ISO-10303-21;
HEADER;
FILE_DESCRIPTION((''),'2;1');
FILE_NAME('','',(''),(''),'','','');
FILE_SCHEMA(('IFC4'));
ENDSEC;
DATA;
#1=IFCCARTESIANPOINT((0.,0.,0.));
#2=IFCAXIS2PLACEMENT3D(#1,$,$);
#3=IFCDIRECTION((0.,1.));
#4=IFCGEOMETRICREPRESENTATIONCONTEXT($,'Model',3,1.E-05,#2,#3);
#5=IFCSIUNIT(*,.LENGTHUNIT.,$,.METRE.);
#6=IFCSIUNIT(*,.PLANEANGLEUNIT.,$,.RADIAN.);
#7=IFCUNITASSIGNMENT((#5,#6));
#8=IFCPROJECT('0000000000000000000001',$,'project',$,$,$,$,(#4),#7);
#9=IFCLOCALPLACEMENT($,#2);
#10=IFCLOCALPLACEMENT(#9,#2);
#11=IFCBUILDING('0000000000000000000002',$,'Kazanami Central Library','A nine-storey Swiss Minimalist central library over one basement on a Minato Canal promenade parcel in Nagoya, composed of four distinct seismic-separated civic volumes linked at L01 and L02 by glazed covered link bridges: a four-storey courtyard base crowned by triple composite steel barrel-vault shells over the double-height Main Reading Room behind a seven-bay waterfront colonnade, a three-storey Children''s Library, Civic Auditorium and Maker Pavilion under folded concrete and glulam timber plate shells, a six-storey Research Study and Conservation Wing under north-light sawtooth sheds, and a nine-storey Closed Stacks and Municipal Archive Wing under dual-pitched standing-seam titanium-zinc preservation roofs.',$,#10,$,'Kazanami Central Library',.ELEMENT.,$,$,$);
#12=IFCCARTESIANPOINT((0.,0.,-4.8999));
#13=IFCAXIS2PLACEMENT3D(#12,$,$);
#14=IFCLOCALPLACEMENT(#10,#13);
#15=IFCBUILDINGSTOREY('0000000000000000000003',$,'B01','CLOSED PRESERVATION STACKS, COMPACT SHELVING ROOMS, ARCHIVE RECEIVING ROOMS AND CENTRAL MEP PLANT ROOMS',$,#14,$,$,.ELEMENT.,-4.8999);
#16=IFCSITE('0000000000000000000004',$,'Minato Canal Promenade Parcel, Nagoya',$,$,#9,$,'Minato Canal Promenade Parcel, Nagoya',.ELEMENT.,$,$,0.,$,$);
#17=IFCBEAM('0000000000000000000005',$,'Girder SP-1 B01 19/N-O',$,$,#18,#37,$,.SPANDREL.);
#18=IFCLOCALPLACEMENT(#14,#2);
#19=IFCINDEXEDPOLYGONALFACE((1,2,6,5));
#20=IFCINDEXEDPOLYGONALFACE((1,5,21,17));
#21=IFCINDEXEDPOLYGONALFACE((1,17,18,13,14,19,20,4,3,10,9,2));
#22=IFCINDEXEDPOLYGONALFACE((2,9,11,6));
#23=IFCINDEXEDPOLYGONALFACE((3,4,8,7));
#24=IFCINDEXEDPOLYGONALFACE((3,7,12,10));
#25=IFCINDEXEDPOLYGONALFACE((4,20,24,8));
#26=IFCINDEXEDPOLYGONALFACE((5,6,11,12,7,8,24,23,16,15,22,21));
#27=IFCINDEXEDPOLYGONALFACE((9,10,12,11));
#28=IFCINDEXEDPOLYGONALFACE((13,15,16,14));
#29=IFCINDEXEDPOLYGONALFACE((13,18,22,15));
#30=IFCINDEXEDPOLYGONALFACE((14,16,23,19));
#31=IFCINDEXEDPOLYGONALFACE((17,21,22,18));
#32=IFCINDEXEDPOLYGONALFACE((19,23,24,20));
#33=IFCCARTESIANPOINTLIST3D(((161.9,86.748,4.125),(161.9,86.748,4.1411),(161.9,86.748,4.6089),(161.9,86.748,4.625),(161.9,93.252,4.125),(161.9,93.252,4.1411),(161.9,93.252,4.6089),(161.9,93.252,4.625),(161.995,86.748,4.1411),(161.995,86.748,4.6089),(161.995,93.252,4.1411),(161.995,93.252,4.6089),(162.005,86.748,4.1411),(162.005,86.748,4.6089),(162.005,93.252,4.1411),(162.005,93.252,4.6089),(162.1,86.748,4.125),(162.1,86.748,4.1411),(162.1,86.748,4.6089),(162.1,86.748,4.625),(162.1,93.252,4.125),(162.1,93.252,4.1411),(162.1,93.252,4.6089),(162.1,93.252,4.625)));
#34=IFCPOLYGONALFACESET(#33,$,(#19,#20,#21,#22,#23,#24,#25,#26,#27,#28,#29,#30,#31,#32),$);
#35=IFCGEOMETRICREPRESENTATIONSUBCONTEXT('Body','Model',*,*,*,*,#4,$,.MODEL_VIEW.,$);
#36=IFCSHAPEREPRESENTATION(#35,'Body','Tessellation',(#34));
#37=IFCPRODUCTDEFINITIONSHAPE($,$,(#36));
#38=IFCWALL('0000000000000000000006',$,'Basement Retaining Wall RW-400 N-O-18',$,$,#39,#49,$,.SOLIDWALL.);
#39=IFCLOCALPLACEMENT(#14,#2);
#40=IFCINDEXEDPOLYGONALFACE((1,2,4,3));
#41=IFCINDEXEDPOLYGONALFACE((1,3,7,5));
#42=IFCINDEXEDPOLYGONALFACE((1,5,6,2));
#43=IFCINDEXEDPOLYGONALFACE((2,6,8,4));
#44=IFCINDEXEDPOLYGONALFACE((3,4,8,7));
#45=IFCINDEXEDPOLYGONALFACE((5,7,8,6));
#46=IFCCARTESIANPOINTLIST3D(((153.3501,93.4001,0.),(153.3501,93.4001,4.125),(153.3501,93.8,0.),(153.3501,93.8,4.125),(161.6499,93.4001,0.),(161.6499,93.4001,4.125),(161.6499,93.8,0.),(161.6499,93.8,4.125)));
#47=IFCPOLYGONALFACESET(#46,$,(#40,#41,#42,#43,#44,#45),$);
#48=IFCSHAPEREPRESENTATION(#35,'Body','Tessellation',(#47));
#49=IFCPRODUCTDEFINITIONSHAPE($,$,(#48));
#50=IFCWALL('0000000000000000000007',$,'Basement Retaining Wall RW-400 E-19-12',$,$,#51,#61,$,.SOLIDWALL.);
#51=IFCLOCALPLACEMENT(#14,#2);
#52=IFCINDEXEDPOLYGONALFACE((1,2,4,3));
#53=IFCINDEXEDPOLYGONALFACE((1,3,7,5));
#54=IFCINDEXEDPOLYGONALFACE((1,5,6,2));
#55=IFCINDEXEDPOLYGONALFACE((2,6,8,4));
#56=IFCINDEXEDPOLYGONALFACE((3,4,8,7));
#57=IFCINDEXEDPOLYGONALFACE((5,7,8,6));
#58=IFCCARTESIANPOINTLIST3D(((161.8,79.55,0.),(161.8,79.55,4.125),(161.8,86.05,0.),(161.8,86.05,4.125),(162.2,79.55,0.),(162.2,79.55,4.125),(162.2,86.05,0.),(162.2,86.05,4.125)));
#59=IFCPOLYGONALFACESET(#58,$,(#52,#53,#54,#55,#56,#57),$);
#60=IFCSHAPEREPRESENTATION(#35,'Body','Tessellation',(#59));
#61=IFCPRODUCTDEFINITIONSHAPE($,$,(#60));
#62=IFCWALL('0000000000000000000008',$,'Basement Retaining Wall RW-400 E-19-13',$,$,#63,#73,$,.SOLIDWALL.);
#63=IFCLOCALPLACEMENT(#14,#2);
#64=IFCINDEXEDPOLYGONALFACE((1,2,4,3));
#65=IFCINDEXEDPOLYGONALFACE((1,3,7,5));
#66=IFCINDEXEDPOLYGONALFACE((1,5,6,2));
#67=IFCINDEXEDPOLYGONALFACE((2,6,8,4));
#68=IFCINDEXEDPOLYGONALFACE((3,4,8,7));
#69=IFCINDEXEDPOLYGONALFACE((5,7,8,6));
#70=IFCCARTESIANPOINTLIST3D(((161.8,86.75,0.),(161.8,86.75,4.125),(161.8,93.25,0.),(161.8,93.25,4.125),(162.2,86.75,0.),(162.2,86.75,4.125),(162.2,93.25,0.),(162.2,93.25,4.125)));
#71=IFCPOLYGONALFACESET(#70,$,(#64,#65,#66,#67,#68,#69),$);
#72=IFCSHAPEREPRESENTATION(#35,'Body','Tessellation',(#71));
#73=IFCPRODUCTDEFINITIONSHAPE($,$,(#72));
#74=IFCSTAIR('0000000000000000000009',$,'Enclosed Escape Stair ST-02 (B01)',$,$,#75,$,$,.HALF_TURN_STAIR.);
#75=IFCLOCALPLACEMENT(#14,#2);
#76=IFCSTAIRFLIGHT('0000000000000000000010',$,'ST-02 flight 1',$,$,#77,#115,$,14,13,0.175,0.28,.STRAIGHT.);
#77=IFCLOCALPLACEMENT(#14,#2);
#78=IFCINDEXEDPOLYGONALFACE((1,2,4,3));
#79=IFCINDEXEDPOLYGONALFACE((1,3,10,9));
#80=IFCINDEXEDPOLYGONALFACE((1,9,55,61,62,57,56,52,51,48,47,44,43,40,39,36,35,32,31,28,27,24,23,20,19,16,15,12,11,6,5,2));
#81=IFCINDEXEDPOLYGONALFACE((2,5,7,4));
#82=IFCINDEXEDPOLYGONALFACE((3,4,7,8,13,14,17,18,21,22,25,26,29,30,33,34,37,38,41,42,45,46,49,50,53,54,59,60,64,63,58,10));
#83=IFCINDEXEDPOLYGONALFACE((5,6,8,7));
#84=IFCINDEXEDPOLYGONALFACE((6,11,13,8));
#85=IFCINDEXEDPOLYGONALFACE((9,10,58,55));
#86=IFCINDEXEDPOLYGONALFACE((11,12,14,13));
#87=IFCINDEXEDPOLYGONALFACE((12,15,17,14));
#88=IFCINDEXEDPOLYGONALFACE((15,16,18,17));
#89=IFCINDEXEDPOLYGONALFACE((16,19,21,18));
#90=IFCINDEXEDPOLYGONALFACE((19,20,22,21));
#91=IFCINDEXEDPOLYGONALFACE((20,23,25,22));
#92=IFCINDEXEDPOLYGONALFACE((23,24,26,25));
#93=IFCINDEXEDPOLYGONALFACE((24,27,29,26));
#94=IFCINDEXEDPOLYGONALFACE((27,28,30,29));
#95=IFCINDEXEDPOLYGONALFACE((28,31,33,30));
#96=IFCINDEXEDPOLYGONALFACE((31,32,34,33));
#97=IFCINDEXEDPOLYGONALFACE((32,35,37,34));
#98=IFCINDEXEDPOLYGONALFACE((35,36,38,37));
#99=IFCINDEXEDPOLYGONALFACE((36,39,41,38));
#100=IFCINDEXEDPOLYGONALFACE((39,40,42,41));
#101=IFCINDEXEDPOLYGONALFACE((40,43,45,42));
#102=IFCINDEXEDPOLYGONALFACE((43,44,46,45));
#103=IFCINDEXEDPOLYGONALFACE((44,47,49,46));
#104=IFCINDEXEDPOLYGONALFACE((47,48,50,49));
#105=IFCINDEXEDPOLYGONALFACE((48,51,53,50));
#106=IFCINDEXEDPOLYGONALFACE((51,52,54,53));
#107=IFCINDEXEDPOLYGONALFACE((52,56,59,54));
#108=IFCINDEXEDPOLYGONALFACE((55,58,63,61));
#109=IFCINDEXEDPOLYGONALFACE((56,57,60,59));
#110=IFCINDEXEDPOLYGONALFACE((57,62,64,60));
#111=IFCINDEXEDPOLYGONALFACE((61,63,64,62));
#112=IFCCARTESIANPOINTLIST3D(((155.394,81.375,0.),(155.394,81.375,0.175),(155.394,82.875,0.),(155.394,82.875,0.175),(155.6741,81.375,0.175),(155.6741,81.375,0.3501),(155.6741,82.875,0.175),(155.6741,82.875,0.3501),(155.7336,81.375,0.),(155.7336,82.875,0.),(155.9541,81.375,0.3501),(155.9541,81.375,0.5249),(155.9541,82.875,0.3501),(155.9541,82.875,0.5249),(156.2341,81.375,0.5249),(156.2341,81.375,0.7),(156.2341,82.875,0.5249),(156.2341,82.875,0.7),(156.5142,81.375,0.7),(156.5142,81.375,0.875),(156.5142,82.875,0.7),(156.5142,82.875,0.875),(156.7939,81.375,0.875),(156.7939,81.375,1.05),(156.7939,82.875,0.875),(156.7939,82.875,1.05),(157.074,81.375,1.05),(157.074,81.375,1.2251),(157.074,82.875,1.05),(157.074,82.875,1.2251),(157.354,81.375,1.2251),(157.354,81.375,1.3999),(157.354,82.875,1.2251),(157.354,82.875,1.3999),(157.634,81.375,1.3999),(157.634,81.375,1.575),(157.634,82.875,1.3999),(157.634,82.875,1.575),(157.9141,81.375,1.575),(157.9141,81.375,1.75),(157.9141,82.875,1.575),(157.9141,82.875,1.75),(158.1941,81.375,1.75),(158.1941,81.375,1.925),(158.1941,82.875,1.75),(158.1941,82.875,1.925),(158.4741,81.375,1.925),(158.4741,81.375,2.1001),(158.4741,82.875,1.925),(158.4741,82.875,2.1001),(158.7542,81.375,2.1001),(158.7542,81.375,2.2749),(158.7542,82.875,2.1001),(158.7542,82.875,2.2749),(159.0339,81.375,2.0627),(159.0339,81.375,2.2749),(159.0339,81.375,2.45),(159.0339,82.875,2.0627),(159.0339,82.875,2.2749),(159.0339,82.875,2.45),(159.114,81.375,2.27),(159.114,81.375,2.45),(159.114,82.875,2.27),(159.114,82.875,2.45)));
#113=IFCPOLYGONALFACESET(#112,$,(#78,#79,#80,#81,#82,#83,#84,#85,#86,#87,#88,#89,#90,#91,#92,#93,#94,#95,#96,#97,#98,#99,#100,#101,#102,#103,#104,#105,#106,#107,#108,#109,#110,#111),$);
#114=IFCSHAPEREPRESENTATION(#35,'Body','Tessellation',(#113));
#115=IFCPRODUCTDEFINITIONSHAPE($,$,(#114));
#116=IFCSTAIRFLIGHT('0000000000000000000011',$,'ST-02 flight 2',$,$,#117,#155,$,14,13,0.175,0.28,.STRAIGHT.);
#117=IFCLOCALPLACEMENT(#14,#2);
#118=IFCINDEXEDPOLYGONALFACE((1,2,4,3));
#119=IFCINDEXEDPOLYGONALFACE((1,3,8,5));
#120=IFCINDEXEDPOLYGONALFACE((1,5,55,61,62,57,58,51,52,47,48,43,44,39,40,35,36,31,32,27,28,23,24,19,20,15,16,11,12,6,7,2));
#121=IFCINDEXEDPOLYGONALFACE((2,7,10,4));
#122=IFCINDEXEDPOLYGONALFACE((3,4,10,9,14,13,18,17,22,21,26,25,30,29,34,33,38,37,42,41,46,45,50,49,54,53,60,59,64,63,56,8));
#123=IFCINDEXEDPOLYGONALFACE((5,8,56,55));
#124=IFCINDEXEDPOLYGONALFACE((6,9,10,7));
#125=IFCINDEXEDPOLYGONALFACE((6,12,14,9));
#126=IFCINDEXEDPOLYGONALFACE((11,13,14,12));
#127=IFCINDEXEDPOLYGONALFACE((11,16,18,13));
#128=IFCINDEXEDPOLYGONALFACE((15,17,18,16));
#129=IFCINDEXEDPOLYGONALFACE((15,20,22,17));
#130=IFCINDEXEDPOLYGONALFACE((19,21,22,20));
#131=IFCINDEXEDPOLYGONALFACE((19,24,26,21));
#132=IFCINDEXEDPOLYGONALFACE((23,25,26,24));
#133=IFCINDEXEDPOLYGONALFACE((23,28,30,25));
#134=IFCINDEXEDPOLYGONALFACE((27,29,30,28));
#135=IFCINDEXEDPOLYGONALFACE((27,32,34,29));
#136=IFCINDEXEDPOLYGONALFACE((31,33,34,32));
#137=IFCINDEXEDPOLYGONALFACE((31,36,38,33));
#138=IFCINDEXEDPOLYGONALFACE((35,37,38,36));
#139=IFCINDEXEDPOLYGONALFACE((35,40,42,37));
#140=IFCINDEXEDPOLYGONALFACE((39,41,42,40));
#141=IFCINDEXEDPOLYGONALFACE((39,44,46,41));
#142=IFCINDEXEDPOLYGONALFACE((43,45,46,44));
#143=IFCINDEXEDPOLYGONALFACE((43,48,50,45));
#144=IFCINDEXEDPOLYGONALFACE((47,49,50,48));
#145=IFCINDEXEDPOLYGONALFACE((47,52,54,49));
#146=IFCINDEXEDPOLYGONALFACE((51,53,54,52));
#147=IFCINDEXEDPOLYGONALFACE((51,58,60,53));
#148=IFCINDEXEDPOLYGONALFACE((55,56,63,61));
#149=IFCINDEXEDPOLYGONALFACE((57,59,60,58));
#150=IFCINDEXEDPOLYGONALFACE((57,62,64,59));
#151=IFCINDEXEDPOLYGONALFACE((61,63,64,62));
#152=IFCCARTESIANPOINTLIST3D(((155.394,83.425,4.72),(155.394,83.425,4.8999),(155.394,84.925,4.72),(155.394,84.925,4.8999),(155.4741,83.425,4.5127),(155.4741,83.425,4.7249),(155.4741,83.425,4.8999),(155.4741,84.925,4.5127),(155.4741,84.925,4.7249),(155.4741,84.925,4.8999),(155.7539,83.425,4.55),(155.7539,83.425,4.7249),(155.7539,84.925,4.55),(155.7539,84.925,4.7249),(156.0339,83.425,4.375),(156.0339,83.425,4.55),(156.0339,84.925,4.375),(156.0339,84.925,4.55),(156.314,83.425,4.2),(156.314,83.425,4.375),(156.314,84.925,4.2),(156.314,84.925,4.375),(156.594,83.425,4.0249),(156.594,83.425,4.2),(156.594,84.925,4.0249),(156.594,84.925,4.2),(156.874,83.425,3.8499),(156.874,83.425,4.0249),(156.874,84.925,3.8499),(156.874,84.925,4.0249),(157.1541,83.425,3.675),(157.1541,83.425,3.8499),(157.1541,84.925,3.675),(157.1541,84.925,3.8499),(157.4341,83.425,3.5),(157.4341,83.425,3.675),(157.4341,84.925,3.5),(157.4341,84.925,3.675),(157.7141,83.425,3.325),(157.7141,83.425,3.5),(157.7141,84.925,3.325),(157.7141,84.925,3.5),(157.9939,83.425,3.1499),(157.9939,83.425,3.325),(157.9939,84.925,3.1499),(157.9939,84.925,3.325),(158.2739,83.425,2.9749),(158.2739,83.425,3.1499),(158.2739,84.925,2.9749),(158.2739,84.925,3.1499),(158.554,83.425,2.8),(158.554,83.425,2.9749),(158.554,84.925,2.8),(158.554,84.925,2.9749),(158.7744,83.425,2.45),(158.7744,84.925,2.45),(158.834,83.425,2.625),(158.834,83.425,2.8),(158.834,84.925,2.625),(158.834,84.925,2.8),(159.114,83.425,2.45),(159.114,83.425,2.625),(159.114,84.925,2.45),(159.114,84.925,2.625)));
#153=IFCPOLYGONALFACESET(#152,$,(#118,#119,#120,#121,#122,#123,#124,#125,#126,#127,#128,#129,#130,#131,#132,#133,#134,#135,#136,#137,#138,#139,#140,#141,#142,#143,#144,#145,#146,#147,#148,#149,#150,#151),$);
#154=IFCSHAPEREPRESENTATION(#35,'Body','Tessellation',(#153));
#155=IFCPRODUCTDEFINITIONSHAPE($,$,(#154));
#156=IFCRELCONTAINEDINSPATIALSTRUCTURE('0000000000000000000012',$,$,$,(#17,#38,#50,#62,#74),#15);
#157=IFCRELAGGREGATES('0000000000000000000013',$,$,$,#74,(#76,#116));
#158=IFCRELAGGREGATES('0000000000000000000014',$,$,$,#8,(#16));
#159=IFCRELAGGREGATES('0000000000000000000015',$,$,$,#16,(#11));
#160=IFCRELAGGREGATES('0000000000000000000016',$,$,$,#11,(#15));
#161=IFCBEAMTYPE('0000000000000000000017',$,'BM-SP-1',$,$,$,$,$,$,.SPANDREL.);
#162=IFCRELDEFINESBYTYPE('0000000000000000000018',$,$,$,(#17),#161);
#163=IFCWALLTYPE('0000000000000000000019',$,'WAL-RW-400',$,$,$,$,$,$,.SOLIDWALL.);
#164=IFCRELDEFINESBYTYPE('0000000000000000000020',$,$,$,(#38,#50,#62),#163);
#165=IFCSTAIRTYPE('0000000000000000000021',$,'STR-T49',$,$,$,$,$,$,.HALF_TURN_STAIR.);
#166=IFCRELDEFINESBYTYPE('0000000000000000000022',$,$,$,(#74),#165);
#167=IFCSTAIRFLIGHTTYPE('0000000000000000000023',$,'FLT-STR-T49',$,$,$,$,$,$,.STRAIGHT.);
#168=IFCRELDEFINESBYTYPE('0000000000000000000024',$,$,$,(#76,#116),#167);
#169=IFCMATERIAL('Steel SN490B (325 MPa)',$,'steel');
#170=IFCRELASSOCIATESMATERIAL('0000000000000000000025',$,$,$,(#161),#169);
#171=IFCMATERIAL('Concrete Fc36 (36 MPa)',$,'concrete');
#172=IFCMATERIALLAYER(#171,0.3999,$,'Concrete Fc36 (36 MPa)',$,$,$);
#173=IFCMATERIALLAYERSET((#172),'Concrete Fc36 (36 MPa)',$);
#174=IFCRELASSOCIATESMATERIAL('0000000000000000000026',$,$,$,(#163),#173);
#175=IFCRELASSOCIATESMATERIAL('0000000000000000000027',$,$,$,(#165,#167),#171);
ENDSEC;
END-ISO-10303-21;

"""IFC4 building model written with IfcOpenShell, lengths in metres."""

from ifc_helpers import new_model, si_unit, direction, frame, frame_2d, origin, origin_2d, place, context, subcontext, project, spatial, polyline, rectangle, i_section, outline, extrude, material, layer, layer_set, material_profile, profile_set, type_object, element, aggregate, save


model = new_model("IFC4")

# Units and contexts
model_context = context("Model", 3, precision=1e-05, world=origin(), true_north=direction((0.0, 1.0)))
body_context = subcontext(model_context, "Body", "Model", "MODEL_VIEW")
ifc_project = project(units=[si_unit("LENGTHUNIT", "METRE"), si_unit("PLANEANGLEUNIT", "RADIAN")], contexts=[model_context])

# Site, building, storey
site_placement = place(None, origin())
site = spatial("IfcSite", under=ifc_project, at=site_placement, Name="Minato Canal Promenade Parcel, Nagoya", LongName="Minato Canal Promenade Parcel, Nagoya", CompositionType="ELEMENT", RefElevation=0.0)
building_placement = place(site_placement, origin())
building = spatial("IfcBuilding", under=site, at=building_placement, Name="Kazanami Central Library", Description="A nine-storey Swiss Minimalist central library over one basement on a Minato Canal promenade parcel in Nagoya, composed of four distinct seismic-separated civic volumes linked at L01 and L02 by glazed covered link bridges: a four-storey courtyard base crowned by triple composite steel barrel-vault shells over the double-height Main Reading Room behind a seven-bay waterfront colonnade, a three-storey Children's Library, Civic Auditorium and Maker Pavilion under folded concrete and glulam timber plate shells, a six-storey Research Study and Conservation Wing under north-light sawtooth sheds, and a nine-storey Closed Stacks and Municipal Archive Wing under dual-pitched standing-seam titanium-zinc preservation roofs.", LongName="Kazanami Central Library", CompositionType="ELEMENT")
storey_placement = place(building_placement, frame((0.0, 0.0, -4.8999)))
storey = spatial("IfcBuildingStorey", under=building, at=storey_placement, Name="B01", Description="CLOSED PRESERVATION STACKS, COMPACT SHELVING ROOMS, ARCHIVE RECEIVING ROOMS AND CENTRAL MEP PLANT ROOMS", CompositionType="ELEMENT", Elevation=-4.8999)

# Shared definitions
ifc_material_1 = material(Name="Concrete Fc36 (36 MPa)", Category="concrete")

# Beam
ifc_material_2 = material(Name="Steel SN490B (325 MPa)", Category="steel")
ifc_material_profile_1 = material_profile(ifc_material_2, i_section(OverallWidth=0.2, OverallDepth=0.5, WebThickness=0.01, FlangeThickness=0.0161, at=origin_2d()), Name="H-500x200x10x16")
ifc_profile_set_1 = profile_set([ifc_material_profile_1], Name="Steel SN490B (325 MPa)")
beam_type = type_object("IfcBeamType", Name="BM-SP-1", PredefinedType="SPANDREL", material=ifc_profile_set_1)
beam_placement = place(storey_placement, frame((162.0, 86.748, 4.375), z_axis=(0.0, 1.0, 0.0), x_axis=(-1.0, 0.0, 0.0)))
element("IfcBeam", 1, at=beam_placement, inside=storey, type_object=beam_type, Name="Girder SP-1 B01 19/N-O", PredefinedType="SPANDREL", context=body_context, shape_type="SweptSolid", body=[
    extrude(i_section(OverallWidth=0.2, OverallDepth=0.5, WebThickness=0.01, FlangeThickness=0.0161, at=origin_2d()), origin(), (0.0, 0.0, 1.0), 6.5039),
])

# Walls
ifc_layer = layer(ifc_material_1, 0.3999, Name="Concrete Fc36 (36 MPa)")
ifc_layer_set = layer_set([ifc_layer], Name="Concrete Fc36 (36 MPa)")
wall_type = type_object("IfcWallType", Name="WAL-RW-400", PredefinedType="SOLIDWALL", material=ifc_layer_set)
wall_placement = place(storey_placement, frame((161.6499, 93.6001, 0.0), z_axis=(0.0, 0.0, 1.0), x_axis=(-1.0, 0.0, 0.0)))
element("IfcWall", 2, at=wall_placement, inside=storey, type_object=wall_type, Name="Basement Retaining Wall RW-400 N-O-18", PredefinedType="SOLIDWALL", context=body_context, shape_type="SweptSolid", body=[
    extrude(rectangle(XDim=8.2998, YDim=0.3999, at=frame_2d((4.1499, 0.0))), origin(), (0.0, 0.0, 1.0), 4.125),
])
for number, where, z_axis, x_axis, name in (
    (3, (162.0, 86.05, 0.0), (0.0, 0.0, 1.0), (0.0, -1.0, 0.0), "Basement Retaining Wall RW-400 E-19-12"),
    (4, (162.0, 93.25, 0.0), (0.0, 0.0, 1.0), (0.0, -1.0, 0.0), "Basement Retaining Wall RW-400 E-19-13"),
):
    element("IfcWall", number, at=place(storey_placement, frame(where, z_axis=z_axis, x_axis=x_axis)), inside=storey, type_object=wall_type, Name=name, PredefinedType="SOLIDWALL", context=body_context, shape_type="SweptSolid", body=[
        extrude(rectangle(XDim=6.5, YDim=0.3999, at=frame_2d((3.25, 0.0))), origin(), (0.0, 0.0, 1.0), 4.125),
    ])

# Stair, stair flights
stair_type = type_object("IfcStairType", Name="STR-T49", PredefinedType="HALF_TURN_STAIR", material=ifc_material_1)
stair_placement = place(storey_placement, origin())
stair = element("IfcStair", 5, at=stair_placement, inside=storey, type_object=stair_type, Name="Enclosed Escape Stair ST-02 (B01)", PredefinedType="HALF_TURN_STAIR")
stair_flight_type = type_object("IfcStairFlightType", Name="FLT-STR-T49", PredefinedType="STRAIGHT", material=ifc_material_1)
stair_flight_1_placement = place(storey_placement, frame((155.394, 82.125, 0.0), z_axis=(0.0, 0.0, 1.0), x_axis=(1.0, 0.0, 0.0)))
stair_flight_1 = element("IfcStairFlight", 6, at=stair_flight_1_placement, type_object=stair_flight_type, Name="ST-02 flight 1", NumberOfRisers=14, NumberOfTreads=13, PredefinedType="STRAIGHT", RiserHeight=0.175, TreadLength=0.28, context=body_context, shape_type="SweptSolid", body=[
    extrude(outline(polyline([(0.0, 0.0), (0.0, 0.175), (0.28, 0.175), (0.28, 0.3501), (0.5601, 0.3501), (0.5601, 0.5249), (0.8401, 0.5249), (0.8401, 0.7), (1.1201, 0.7), (1.1201, 0.875), (1.3999, 0.875), (1.3999, 1.05), (1.6799, 1.05), (1.6799, 1.2251), (1.96, 1.2251), (1.96, 1.3999), (2.24, 1.3999), (2.24, 1.575), (2.52, 1.575), (2.52, 1.75), (2.8, 1.75), (2.8, 1.925), (3.0801, 1.925), (3.0801, 2.1001), (3.3601, 2.1001), (3.3601, 2.2749), (3.6399, 2.2749), (3.6399, 2.45), (3.72, 2.45), (3.72, 2.27), (3.6399, 2.0627), (0.3396, 0.0), (0.0, 0.0)])), frame((0.0, 0.75, 0.0), z_axis=(0.0, -1.0, 0.0), x_axis=(1.0, 0.0, 0.0)), (0.0, 0.0, 1.0), 1.5),
])
stair_flight_2_placement = place(storey_placement, frame((159.114, 84.175, 2.45), z_axis=(0.0, 0.0, 1.0), x_axis=(-1.0, 0.0, 0.0)))
stair_flight_2 = element("IfcStairFlight", 7, at=stair_flight_2_placement, type_object=stair_flight_type, Name="ST-02 flight 2", NumberOfRisers=14, NumberOfTreads=13, PredefinedType="STRAIGHT", RiserHeight=0.175, TreadLength=0.28, context=body_context, shape_type="SweptSolid", body=[
    extrude(outline(polyline([(0.0, 0.0), (0.0, 0.175), (0.28, 0.175), (0.28, 0.3501), (0.5601, 0.3501), (0.5601, 0.5249), (0.8401, 0.5249), (0.8401, 0.7), (1.1201, 0.7), (1.1201, 0.875), (1.3999, 0.875), (1.3999, 1.05), (1.6799, 1.05), (1.6799, 1.2251), (1.96, 1.2251), (1.96, 1.3999), (2.24, 1.3999), (2.24, 1.575), (2.52, 1.575), (2.52, 1.75), (2.8, 1.75), (2.8, 1.925), (3.0801, 1.925), (3.0801, 2.1001), (3.3601, 2.1001), (3.3601, 2.2749), (3.6399, 2.2749), (3.6399, 2.45), (3.72, 2.45), (3.72, 2.27), (3.6399, 2.0627), (0.3396, 0.0), (0.0, 0.0)])), frame((0.0, 0.75, 0.0), z_axis=(0.0, -1.0, 0.0), x_axis=(1.0, 0.0, 0.0)), (0.0, 0.0, 1.0), 1.5),
])
aggregate(stair, [stair_flight_1, stair_flight_2])

save(model, "model.ifc")
